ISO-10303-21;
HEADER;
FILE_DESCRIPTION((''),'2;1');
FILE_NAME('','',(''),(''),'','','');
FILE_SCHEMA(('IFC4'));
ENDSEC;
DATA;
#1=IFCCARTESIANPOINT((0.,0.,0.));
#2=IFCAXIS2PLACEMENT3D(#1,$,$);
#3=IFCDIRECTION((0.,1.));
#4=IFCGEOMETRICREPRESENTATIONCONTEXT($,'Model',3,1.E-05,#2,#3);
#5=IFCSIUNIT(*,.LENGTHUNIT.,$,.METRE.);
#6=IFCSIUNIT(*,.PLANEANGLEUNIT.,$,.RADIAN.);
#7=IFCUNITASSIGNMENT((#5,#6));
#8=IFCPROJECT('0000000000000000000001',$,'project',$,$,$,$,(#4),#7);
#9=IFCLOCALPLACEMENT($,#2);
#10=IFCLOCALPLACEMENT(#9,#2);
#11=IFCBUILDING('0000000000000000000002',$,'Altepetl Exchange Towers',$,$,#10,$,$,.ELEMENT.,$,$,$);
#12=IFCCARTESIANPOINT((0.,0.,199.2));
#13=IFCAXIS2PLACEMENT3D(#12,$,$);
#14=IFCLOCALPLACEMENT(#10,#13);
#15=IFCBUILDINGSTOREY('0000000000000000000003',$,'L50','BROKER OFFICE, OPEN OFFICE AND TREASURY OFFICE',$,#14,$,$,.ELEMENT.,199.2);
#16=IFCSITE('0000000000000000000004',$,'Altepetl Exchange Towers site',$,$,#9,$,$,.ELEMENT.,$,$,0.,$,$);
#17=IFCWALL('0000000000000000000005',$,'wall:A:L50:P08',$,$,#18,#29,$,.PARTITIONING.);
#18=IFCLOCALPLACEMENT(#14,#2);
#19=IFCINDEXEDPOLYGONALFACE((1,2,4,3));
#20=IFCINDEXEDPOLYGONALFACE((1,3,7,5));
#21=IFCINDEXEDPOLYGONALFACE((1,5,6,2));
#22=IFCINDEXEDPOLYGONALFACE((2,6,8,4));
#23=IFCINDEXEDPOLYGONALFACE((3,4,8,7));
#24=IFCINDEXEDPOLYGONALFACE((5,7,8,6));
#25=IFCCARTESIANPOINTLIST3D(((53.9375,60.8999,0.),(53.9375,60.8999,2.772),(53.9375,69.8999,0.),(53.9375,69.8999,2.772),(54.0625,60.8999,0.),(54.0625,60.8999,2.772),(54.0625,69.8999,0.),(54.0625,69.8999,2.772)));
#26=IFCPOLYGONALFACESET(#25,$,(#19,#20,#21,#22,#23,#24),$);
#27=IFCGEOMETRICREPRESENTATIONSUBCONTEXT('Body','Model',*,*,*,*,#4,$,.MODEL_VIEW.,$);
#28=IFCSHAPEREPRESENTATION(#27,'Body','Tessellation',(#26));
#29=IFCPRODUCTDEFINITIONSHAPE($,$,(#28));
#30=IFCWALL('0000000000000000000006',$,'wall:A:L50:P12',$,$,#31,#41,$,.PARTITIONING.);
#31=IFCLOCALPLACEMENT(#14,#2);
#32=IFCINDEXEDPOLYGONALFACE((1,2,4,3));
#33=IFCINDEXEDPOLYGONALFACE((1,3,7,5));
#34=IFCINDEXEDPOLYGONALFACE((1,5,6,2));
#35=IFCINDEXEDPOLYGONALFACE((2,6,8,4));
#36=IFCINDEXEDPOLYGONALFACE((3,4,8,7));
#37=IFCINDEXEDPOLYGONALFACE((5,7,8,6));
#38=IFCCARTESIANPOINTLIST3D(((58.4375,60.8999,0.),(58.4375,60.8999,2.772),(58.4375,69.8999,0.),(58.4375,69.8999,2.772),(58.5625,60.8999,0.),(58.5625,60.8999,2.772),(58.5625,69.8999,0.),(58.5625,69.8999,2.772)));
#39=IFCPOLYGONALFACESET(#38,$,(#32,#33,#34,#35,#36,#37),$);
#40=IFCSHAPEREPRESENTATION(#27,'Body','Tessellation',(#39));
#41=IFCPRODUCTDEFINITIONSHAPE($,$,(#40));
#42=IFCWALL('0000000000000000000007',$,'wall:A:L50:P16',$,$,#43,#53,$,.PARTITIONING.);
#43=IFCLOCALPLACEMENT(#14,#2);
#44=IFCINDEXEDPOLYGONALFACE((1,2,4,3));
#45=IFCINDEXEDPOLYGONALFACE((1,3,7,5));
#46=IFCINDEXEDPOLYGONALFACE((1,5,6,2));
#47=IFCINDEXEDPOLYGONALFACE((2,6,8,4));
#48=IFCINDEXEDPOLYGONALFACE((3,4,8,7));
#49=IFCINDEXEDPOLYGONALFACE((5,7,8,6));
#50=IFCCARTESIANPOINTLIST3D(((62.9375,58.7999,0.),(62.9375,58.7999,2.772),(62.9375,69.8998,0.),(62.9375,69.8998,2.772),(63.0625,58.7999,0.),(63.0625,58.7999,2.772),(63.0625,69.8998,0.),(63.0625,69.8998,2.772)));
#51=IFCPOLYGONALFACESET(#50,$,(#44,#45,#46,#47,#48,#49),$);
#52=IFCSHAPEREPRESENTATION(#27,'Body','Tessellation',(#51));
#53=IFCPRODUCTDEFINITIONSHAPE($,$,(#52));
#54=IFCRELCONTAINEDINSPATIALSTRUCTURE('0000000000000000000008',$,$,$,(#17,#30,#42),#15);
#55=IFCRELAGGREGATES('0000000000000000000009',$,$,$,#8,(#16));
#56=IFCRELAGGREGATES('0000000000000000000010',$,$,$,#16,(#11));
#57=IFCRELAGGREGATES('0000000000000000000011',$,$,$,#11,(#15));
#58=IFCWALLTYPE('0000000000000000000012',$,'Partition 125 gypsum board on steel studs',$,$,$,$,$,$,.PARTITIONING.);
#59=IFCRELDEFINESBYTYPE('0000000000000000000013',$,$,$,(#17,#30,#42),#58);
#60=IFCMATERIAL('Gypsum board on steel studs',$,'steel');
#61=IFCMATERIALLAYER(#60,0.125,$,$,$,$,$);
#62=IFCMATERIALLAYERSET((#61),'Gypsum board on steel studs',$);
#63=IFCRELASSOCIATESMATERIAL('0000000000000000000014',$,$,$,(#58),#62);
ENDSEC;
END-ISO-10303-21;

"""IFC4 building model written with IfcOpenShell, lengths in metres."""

from ifc_helpers import new_model, si_unit, direction, frame, frame_2d, origin, place, context, subcontext, project, spatial, rectangle, extrude, material, layer, layer_set, type_object, element, save


model = new_model("IFC4")

# Units and contexts
model_context = context("Model", 3, precision=1e-05, world=origin(), true_north=direction((0.0, 1.0)))
body_context = subcontext(model_context, "Body", "Model", "MODEL_VIEW")
ifc_project = project(units=[si_unit("LENGTHUNIT", "METRE"), si_unit("PLANEANGLEUNIT", "RADIAN")], contexts=[model_context])

# Site, building, storey
site_placement = place(None, origin())
site = spatial("IfcSite", under=ifc_project, at=site_placement, Name="Altepetl Exchange Towers site", CompositionType="ELEMENT", RefElevation=0.0)
building_placement = place(site_placement, origin())
building = spatial("IfcBuilding", under=site, at=building_placement, Name="Altepetl Exchange Towers", CompositionType="ELEMENT")
storey_placement = place(building_placement, frame((0.0, 0.0, 199.2)))
storey = spatial("IfcBuildingStorey", under=building, at=storey_placement, Name="L50", Description="BROKER OFFICE, OPEN OFFICE AND TREASURY OFFICE", CompositionType="ELEMENT", Elevation=199.2)

# Walls
ifc_material_1 = material(Name="Gypsum board on steel studs", Category="steel")
ifc_layer_1 = layer(ifc_material_1, 0.125)
ifc_layer_set_1 = layer_set([ifc_layer_1], Name="Gypsum board on steel studs")
wall_type = type_object("IfcWallType", Name="Partition 125 gypsum board on steel studs", PredefinedType="PARTITIONING", material=ifc_layer_set_1)
for number, where, z_axis, x_axis, name in (
    (1, (54.0, 60.8999, 0.0), (0.0, 0.0, 1.0), (0.0, 1.0, 0.0), "wall:A:L50:P08"),
    (2, (58.5, 60.8999, 0.0), (0.0, 0.0, 1.0), (0.0, 1.0, 0.0), "wall:A:L50:P12"),
):
    element("IfcWall", number, at=place(storey_placement, frame(where, z_axis=z_axis, x_axis=x_axis)), inside=storey, type_object=wall_type, Name=name, PredefinedType="PARTITIONING", context=body_context, shape_type="SweptSolid", body=[
        extrude(rectangle(XDim=9.0, YDim=0.125, at=frame_2d((4.5, 0.0))), origin(), (0.0, 0.0, 1.0), 2.772),
    ])
wall_placement = place(storey_placement, frame((63.0, 58.8, 0.0), z_axis=(0.0, 0.0, 1.0), x_axis=(0.0, 1.0, 0.0)))
element("IfcWall", 3, at=wall_placement, inside=storey, type_object=wall_type, Name="wall:A:L50:P16", PredefinedType="PARTITIONING", context=body_context, shape_type="SweptSolid", body=[
    extrude(rectangle(XDim=11.0999, YDim=0.125, at=frame_2d((5.5498, 0.0))), origin(), (0.0, 0.0, 1.0), 2.772),
])

save(model, "model.ifc")
